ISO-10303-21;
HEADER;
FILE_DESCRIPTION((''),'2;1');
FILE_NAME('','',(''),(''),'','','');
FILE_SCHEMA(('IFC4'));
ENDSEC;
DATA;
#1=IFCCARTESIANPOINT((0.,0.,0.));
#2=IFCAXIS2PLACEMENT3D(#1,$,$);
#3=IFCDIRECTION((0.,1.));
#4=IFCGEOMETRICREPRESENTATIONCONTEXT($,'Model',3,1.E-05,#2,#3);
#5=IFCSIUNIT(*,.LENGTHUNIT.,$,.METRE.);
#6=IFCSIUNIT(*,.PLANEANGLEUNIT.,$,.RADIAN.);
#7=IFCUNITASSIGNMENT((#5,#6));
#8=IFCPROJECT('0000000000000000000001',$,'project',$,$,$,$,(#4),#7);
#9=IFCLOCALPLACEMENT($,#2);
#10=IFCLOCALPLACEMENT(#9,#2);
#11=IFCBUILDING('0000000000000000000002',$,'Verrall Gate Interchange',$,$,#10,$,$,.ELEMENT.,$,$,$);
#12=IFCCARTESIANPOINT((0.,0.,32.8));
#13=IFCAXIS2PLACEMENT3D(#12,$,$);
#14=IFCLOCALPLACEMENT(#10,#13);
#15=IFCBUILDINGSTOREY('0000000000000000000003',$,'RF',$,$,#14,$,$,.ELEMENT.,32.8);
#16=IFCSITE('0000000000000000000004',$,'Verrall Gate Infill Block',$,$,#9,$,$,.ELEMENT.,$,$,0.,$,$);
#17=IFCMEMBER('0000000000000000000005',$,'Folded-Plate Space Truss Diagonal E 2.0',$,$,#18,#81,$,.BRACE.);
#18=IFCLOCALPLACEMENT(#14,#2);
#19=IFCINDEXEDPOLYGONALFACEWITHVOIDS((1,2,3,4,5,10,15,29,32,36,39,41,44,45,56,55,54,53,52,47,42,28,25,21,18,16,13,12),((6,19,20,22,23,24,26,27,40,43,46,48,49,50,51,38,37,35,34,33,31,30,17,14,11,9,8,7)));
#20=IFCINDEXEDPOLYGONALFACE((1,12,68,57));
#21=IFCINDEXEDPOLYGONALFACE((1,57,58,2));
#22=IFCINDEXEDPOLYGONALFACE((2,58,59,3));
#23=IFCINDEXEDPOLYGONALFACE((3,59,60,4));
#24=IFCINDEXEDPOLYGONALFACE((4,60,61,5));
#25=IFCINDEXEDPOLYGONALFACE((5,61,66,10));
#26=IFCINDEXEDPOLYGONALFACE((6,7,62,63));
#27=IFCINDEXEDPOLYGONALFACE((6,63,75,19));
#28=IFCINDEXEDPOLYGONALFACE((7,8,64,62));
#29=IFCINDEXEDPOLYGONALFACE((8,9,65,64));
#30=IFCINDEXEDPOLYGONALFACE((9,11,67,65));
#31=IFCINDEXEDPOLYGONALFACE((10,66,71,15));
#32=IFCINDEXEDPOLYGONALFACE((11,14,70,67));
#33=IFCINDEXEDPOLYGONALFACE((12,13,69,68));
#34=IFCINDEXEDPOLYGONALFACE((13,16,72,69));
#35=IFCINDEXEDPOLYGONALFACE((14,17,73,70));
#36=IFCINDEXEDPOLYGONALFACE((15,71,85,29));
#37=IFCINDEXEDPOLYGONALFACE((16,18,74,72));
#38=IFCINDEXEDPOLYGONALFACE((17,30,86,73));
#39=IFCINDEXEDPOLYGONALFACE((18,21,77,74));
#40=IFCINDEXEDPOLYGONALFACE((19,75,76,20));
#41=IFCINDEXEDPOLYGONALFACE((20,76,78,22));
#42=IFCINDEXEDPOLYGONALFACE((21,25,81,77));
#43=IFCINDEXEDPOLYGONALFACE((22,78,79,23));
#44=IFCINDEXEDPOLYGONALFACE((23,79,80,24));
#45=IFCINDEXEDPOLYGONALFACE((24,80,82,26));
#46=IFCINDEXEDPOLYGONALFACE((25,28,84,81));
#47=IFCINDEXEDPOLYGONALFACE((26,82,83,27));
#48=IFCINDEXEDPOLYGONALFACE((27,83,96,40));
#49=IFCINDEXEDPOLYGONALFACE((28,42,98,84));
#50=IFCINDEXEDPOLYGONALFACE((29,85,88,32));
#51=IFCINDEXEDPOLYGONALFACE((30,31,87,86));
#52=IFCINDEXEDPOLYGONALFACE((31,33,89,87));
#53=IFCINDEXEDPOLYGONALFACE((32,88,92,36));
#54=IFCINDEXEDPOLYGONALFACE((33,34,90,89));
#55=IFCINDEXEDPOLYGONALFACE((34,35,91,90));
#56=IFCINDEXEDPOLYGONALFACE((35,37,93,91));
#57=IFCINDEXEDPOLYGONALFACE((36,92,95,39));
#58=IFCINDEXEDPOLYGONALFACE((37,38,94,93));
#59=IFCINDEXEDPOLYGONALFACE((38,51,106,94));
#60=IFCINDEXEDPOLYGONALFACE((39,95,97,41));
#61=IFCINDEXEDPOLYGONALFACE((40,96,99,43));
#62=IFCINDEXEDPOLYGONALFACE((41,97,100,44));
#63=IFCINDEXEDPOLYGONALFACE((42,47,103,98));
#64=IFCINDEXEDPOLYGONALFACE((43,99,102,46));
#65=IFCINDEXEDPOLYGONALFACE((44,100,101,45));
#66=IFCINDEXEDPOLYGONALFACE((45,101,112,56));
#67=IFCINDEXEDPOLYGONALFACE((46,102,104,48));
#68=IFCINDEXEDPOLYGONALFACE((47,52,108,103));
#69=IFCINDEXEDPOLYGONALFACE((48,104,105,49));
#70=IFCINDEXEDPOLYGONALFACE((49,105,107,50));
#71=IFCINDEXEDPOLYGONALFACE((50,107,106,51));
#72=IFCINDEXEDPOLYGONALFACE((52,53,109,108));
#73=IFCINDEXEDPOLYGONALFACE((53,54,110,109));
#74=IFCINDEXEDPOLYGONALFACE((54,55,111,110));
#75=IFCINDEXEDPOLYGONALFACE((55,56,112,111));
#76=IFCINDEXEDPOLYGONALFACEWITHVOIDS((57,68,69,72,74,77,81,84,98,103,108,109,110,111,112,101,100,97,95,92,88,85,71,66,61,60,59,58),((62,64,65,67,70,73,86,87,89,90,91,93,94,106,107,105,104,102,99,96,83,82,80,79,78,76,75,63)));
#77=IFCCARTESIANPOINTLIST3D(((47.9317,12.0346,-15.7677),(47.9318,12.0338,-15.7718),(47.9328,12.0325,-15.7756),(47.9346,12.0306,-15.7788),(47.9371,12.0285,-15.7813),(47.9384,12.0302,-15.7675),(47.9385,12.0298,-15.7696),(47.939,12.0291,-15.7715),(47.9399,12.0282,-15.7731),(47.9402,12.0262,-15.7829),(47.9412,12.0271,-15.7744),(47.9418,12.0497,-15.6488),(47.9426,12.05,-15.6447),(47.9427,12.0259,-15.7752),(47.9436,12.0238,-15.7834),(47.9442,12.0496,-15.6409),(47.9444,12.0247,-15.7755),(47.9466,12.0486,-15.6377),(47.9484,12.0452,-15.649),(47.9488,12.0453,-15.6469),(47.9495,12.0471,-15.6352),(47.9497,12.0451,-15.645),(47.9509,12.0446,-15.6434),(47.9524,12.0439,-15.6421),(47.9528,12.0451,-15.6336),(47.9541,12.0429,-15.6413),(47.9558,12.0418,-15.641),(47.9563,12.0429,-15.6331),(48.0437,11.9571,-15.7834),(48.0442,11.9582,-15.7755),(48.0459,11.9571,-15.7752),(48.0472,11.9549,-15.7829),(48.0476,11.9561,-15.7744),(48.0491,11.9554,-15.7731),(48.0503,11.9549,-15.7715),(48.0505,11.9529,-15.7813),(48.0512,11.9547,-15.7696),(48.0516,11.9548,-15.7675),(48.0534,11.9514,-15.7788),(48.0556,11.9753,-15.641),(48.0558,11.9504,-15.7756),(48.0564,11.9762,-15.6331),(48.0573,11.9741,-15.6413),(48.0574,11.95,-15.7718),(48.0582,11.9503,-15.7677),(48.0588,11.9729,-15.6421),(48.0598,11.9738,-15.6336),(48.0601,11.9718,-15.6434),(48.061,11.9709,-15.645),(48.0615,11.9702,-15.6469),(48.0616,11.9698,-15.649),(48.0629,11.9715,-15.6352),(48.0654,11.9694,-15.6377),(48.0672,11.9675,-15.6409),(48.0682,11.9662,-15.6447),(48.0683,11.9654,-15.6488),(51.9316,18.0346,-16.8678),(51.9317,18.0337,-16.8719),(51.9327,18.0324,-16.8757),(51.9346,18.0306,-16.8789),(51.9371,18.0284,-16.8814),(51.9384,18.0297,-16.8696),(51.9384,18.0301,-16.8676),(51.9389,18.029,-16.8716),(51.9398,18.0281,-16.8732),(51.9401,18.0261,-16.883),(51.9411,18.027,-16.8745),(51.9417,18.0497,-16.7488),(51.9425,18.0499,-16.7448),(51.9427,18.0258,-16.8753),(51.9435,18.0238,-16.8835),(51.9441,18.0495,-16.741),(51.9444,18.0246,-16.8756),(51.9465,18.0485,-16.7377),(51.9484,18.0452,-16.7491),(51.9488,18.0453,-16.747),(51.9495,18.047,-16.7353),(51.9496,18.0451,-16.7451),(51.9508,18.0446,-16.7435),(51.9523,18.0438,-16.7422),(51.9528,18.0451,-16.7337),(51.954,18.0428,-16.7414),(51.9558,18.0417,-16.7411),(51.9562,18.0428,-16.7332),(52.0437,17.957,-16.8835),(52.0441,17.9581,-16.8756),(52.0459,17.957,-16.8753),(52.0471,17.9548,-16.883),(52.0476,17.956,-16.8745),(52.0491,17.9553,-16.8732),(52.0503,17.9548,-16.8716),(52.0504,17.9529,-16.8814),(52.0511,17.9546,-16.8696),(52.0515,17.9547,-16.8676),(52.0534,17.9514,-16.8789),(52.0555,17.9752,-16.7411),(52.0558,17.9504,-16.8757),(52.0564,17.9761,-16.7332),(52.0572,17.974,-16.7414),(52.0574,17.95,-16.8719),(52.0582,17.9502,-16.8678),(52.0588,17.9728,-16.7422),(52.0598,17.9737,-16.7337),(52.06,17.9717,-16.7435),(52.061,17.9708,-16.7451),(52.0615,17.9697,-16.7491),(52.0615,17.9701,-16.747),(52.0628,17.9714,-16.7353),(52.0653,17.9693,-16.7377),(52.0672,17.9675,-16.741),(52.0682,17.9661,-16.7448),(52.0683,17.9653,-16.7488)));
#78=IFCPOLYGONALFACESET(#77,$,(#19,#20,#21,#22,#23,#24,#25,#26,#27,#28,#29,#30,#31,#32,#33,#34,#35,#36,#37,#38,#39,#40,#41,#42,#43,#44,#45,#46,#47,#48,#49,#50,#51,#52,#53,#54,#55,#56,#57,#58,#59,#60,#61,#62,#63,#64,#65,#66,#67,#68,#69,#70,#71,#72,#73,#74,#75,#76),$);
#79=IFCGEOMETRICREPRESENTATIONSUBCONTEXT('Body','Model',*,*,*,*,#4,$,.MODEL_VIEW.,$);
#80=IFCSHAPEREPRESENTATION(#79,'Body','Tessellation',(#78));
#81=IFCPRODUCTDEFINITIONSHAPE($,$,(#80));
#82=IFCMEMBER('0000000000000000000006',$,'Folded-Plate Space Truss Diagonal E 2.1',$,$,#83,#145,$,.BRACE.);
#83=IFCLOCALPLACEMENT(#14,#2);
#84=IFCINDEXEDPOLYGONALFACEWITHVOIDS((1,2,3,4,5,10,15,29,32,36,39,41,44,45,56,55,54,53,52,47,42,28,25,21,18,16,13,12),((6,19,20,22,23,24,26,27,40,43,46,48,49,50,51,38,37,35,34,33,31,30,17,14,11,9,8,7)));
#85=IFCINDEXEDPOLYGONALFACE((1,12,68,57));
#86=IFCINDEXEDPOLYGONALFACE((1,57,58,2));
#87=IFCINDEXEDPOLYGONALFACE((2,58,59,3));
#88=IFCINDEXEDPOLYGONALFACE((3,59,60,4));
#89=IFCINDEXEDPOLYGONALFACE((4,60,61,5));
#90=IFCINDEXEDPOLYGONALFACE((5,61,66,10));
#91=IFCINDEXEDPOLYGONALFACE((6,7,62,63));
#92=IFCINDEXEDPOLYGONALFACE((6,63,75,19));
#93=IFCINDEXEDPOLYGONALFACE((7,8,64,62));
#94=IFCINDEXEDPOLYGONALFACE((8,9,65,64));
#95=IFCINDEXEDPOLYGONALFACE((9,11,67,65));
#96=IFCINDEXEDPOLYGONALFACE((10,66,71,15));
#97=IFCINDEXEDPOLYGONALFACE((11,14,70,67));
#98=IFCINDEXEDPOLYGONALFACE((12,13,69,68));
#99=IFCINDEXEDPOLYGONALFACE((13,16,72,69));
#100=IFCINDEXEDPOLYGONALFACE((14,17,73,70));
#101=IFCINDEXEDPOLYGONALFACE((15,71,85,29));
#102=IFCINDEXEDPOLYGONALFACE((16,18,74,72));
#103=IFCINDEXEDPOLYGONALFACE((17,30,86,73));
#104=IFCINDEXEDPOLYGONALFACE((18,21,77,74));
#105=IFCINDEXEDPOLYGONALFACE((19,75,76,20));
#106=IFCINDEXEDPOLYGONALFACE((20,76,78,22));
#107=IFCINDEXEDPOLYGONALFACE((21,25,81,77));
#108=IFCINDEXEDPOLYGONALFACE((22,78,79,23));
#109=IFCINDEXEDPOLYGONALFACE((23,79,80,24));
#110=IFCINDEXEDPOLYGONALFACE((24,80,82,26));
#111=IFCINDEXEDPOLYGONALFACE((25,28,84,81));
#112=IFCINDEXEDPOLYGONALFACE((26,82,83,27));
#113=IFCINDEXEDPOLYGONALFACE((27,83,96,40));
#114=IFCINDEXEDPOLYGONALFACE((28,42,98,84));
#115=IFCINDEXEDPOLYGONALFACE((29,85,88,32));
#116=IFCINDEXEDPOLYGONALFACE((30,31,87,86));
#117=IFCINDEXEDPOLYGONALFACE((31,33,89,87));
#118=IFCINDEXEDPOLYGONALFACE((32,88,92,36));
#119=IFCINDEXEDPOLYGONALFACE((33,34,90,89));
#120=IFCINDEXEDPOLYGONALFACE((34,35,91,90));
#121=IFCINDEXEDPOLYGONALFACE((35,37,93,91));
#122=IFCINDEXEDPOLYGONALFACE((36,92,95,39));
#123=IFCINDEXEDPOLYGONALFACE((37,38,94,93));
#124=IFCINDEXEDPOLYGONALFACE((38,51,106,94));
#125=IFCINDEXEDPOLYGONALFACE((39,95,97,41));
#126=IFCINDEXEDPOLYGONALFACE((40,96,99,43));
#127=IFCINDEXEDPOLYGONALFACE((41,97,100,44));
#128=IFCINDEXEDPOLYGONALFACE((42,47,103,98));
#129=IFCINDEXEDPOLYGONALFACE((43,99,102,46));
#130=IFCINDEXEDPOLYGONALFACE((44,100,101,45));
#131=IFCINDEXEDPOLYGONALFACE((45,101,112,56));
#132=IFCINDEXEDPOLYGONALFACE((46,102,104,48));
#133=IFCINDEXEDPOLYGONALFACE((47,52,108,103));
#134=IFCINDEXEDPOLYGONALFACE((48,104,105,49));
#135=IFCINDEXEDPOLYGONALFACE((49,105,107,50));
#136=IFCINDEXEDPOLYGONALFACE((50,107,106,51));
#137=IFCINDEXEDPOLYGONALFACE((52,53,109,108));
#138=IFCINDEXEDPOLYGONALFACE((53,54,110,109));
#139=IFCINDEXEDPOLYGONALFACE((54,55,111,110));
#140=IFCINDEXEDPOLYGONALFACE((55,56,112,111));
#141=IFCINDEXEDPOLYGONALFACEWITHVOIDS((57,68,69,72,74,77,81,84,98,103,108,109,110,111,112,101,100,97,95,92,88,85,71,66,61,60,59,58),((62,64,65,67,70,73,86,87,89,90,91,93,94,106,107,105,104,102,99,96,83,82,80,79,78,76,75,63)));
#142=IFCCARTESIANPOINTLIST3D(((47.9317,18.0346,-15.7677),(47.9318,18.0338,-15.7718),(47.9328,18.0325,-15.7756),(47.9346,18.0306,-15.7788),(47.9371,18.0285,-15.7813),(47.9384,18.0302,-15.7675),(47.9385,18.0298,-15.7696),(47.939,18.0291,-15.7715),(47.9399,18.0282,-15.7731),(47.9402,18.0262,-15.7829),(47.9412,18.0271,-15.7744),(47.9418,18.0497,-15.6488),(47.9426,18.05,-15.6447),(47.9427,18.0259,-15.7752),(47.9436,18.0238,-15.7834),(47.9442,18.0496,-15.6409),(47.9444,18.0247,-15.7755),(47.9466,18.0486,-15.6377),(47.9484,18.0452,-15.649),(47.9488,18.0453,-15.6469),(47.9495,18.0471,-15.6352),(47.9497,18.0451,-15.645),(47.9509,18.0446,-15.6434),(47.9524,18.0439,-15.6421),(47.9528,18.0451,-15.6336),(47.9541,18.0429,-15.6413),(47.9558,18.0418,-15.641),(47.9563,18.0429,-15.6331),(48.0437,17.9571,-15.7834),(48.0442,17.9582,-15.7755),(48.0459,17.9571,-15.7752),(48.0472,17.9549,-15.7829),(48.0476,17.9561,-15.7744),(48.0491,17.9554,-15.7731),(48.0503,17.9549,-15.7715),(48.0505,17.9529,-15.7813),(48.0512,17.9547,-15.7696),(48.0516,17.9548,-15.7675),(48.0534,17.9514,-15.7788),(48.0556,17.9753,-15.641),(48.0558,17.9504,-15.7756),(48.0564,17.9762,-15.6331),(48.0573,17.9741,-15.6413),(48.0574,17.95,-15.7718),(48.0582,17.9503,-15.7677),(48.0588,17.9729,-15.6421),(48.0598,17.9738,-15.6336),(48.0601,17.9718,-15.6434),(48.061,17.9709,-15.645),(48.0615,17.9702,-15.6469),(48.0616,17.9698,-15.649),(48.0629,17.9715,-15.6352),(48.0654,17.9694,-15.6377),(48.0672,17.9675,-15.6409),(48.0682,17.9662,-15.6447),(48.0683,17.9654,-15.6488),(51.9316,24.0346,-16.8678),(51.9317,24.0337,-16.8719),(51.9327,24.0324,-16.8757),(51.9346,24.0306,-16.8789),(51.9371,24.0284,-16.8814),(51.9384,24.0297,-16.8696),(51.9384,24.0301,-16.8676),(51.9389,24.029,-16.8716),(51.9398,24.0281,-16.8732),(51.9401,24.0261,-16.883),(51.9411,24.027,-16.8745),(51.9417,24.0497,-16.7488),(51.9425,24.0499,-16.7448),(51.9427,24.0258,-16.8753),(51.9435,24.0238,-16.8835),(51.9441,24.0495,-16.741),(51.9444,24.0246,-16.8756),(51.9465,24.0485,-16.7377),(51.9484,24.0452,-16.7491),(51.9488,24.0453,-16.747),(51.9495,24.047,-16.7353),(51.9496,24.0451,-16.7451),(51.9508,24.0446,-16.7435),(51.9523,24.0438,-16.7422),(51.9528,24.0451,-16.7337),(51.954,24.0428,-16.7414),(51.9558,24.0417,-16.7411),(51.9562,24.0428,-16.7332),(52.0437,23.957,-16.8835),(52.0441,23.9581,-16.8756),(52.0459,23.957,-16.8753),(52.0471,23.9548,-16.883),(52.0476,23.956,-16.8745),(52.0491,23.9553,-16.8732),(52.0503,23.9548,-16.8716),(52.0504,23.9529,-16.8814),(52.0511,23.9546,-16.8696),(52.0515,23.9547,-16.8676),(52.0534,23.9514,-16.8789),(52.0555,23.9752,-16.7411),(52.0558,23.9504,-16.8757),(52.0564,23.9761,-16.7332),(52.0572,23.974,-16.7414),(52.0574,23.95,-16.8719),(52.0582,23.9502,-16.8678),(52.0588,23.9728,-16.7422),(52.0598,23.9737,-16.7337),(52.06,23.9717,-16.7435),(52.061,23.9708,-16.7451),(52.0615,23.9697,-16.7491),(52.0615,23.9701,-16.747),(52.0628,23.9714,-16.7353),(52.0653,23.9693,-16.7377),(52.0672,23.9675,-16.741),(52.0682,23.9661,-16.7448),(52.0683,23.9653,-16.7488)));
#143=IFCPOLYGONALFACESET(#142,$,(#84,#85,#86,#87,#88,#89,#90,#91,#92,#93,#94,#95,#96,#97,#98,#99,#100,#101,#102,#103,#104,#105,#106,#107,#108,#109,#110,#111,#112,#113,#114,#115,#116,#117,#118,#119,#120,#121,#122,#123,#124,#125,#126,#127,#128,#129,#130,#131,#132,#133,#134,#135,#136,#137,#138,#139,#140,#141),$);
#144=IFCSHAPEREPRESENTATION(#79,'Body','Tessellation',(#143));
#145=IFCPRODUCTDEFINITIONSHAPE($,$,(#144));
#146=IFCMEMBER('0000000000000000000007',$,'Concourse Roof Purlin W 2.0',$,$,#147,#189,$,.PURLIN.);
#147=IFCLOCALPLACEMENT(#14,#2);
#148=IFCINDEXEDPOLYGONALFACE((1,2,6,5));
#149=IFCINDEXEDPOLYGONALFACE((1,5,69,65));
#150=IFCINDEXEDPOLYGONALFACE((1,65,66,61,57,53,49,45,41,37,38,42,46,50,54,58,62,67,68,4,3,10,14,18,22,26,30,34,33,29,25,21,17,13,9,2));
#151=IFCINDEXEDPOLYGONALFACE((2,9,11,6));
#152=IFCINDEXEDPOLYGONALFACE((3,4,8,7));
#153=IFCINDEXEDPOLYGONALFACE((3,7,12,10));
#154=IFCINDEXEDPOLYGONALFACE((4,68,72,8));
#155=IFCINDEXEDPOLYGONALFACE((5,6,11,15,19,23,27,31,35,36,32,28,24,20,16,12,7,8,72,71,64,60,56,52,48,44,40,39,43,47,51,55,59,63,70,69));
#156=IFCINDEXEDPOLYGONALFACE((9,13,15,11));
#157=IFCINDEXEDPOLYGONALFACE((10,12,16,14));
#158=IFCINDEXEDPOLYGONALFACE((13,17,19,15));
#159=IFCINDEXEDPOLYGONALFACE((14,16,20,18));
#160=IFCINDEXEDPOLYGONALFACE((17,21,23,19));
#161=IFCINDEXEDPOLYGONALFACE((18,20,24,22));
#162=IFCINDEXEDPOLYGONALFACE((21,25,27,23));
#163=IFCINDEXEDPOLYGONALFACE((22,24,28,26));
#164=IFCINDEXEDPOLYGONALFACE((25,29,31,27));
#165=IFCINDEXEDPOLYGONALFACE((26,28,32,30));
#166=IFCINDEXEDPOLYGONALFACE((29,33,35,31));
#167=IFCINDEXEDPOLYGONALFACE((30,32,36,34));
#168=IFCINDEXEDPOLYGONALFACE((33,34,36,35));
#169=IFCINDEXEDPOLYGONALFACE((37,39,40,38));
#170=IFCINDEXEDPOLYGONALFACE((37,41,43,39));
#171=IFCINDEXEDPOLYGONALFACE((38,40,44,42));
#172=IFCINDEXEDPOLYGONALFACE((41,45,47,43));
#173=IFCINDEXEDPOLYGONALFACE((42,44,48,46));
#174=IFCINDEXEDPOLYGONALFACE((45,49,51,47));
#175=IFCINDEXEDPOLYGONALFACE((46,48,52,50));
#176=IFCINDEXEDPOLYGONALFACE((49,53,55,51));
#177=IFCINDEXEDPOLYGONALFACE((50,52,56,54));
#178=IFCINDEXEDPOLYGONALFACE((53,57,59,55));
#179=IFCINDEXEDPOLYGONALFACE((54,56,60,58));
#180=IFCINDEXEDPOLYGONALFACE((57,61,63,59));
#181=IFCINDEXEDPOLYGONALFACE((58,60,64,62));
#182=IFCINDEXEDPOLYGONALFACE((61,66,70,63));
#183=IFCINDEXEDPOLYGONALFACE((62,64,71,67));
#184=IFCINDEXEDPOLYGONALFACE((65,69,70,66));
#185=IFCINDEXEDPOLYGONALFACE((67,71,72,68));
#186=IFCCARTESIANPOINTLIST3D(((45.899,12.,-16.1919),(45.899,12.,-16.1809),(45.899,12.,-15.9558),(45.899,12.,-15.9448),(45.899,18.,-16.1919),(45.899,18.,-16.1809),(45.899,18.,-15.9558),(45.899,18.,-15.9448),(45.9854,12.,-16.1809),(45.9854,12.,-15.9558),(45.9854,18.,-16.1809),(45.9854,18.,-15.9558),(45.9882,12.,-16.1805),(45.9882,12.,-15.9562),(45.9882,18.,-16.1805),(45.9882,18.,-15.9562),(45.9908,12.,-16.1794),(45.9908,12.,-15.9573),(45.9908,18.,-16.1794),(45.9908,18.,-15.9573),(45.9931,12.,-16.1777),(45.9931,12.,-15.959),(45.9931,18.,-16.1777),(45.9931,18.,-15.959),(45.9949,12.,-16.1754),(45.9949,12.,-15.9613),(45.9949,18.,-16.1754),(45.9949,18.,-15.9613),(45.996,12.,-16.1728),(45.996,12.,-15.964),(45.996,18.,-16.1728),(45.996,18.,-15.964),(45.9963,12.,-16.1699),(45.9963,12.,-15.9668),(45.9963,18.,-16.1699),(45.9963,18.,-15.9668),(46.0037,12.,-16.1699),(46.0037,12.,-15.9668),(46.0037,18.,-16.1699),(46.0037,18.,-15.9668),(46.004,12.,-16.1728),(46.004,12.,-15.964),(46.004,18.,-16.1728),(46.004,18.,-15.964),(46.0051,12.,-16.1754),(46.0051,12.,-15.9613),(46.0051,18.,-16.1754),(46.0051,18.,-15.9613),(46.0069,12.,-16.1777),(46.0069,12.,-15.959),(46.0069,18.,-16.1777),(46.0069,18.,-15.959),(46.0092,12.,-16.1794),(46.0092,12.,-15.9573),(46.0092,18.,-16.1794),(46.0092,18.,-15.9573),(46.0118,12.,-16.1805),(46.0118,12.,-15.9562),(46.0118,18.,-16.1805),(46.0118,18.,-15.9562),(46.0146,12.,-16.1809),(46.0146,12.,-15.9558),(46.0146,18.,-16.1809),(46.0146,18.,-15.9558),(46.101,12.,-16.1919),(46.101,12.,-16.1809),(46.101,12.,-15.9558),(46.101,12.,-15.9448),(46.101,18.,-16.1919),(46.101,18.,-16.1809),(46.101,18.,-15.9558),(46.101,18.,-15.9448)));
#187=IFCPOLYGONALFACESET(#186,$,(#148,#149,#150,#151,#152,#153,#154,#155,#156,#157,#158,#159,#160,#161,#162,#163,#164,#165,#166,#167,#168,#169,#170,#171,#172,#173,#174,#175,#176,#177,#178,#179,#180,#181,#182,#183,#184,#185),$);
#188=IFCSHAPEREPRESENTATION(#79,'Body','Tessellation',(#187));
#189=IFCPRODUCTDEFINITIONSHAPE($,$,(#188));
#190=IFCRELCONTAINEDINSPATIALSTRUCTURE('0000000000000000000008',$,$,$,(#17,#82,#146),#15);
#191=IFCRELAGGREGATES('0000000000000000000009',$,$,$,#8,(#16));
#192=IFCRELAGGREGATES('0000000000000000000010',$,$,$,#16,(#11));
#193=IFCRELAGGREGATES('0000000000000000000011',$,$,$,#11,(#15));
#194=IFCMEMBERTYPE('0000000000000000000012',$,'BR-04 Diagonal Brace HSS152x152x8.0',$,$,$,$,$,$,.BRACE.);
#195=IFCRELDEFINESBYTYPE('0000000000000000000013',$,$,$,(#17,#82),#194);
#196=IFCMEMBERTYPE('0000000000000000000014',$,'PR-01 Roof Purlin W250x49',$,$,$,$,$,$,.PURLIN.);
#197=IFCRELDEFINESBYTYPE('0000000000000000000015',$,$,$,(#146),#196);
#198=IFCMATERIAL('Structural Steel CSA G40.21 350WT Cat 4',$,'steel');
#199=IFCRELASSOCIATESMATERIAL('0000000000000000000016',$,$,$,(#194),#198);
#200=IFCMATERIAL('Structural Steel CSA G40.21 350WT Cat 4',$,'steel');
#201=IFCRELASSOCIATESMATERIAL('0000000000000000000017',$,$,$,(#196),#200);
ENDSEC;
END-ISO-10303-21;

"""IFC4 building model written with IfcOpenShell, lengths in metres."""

from ifc_helpers import new_model, si_unit, direction, frame, origin, origin_2d, place, context, subcontext, project, spatial, hollow_rectangle, i_section, extrude, material, material_profile, profile_set, type_object, element, save


model = new_model("IFC4")

# Units and contexts
model_context = context("Model", 3, precision=1e-05, world=origin(), true_north=direction((0.0, 1.0)))
body_context = subcontext(model_context, "Body", "Model", "MODEL_VIEW")
ifc_project = project(units=[si_unit("LENGTHUNIT", "METRE"), si_unit("PLANEANGLEUNIT", "RADIAN")], contexts=[model_context])

# Site, building, storey
site_placement = place(None, origin())
site = spatial("IfcSite", under=ifc_project, at=site_placement, Name="Verrall Gate Infill Block", CompositionType="ELEMENT", RefElevation=0.0)
building_placement = place(site_placement, origin())
building = spatial("IfcBuilding", under=site, at=building_placement, Name="Verrall Gate Interchange", CompositionType="ELEMENT")
storey_placement = place(building_placement, frame((0.0, 0.0, 32.8)))
storey = spatial("IfcBuildingStorey", under=building, at=storey_placement, Name="RF", CompositionType="ELEMENT", Elevation=32.8)

# Members
ifc_material_1 = material(Name="Structural Steel CSA G40.21 350WT Cat 4", Category="steel")
ifc_material_profile_1 = material_profile(ifc_material_1, hollow_rectangle(XDim=0.1521, YDim=0.1521, WallThickness=0.0081, InnerFilletRadius=0.0081, OuterFilletRadius=0.0159, at=origin_2d()), Name="HSS152x152x8.0")
ifc_profile_set_1 = profile_set([ifc_material_profile_1], Name="Structural Steel CSA G40.21 350WT Cat 4")
member_type_1 = type_object("IfcMemberType", Name="BR-04 Diagonal Brace HSS152x152x8.0", PredefinedType="BRACE", material=ifc_profile_set_1)
for number, where, z_axis, x_axis, name in (
    (1, (48.0, 12.0, -15.7083), (0.548356, 0.822534, -0.150811), (-0.83205, 0.5547, 0.0), "Folded-Plate Space Truss Diagonal E 2.0"),
    (2, (48.0, 18.0, -15.7083), (0.548356, 0.822534, -0.150811), (-0.83205, 0.5547, 0.0), "Folded-Plate Space Truss Diagonal E 2.1"),
):
    element("IfcMember", number, at=place(storey_placement, frame(where, z_axis=z_axis, x_axis=x_axis)), inside=storey, type_object=member_type_1, Name=name, PredefinedType="BRACE", context=body_context, shape_type="SweptSolid", body=[
        extrude(hollow_rectangle(XDim=0.1521, YDim=0.1521, WallThickness=0.0081, InnerFilletRadius=0.0081, OuterFilletRadius=0.0159, at=origin_2d()), origin(), (0.0, 0.0, 1.0), 7.2944),
    ])
ifc_material_2 = material(Name="Structural Steel CSA G40.21 350WT Cat 4", Category="steel")
ifc_material_profile_2 = material_profile(ifc_material_2, i_section(OverallWidth=0.2019, OverallDepth=0.2471, WebThickness=0.0073, FlangeThickness=0.011, FilletRadius=0.011, at=origin_2d()), Name="W250x49")
ifc_profile_set_2 = profile_set([ifc_material_profile_2], Name="Structural Steel CSA G40.21 350WT Cat 4")
member_type_2 = type_object("IfcMemberType", Name="PR-01 Roof Purlin W250x49", PredefinedType="PURLIN", material=ifc_profile_set_2)
for number, where, z_axis, x_axis, name in (
    (3, (46.0, 12.0, -16.0684), (0.0, 1.0, 0.0), (-1.0, 0.0, 0.0), "Concourse Roof Purlin W 2.0"),
):
    element("IfcMember", number, at=place(storey_placement, frame(where, z_axis=z_axis, x_axis=x_axis)), inside=storey, type_object=member_type_2, Name=name, PredefinedType="PURLIN", context=body_context, shape_type="SweptSolid", body=[
        extrude(i_section(OverallWidth=0.2019, OverallDepth=0.2471, WebThickness=0.0073, FlangeThickness=0.011, FilletRadius=0.011, at=origin_2d()), origin(), (0.0, 0.0, 1.0), 6.0),
    ])

save(model, "model.ifc")
